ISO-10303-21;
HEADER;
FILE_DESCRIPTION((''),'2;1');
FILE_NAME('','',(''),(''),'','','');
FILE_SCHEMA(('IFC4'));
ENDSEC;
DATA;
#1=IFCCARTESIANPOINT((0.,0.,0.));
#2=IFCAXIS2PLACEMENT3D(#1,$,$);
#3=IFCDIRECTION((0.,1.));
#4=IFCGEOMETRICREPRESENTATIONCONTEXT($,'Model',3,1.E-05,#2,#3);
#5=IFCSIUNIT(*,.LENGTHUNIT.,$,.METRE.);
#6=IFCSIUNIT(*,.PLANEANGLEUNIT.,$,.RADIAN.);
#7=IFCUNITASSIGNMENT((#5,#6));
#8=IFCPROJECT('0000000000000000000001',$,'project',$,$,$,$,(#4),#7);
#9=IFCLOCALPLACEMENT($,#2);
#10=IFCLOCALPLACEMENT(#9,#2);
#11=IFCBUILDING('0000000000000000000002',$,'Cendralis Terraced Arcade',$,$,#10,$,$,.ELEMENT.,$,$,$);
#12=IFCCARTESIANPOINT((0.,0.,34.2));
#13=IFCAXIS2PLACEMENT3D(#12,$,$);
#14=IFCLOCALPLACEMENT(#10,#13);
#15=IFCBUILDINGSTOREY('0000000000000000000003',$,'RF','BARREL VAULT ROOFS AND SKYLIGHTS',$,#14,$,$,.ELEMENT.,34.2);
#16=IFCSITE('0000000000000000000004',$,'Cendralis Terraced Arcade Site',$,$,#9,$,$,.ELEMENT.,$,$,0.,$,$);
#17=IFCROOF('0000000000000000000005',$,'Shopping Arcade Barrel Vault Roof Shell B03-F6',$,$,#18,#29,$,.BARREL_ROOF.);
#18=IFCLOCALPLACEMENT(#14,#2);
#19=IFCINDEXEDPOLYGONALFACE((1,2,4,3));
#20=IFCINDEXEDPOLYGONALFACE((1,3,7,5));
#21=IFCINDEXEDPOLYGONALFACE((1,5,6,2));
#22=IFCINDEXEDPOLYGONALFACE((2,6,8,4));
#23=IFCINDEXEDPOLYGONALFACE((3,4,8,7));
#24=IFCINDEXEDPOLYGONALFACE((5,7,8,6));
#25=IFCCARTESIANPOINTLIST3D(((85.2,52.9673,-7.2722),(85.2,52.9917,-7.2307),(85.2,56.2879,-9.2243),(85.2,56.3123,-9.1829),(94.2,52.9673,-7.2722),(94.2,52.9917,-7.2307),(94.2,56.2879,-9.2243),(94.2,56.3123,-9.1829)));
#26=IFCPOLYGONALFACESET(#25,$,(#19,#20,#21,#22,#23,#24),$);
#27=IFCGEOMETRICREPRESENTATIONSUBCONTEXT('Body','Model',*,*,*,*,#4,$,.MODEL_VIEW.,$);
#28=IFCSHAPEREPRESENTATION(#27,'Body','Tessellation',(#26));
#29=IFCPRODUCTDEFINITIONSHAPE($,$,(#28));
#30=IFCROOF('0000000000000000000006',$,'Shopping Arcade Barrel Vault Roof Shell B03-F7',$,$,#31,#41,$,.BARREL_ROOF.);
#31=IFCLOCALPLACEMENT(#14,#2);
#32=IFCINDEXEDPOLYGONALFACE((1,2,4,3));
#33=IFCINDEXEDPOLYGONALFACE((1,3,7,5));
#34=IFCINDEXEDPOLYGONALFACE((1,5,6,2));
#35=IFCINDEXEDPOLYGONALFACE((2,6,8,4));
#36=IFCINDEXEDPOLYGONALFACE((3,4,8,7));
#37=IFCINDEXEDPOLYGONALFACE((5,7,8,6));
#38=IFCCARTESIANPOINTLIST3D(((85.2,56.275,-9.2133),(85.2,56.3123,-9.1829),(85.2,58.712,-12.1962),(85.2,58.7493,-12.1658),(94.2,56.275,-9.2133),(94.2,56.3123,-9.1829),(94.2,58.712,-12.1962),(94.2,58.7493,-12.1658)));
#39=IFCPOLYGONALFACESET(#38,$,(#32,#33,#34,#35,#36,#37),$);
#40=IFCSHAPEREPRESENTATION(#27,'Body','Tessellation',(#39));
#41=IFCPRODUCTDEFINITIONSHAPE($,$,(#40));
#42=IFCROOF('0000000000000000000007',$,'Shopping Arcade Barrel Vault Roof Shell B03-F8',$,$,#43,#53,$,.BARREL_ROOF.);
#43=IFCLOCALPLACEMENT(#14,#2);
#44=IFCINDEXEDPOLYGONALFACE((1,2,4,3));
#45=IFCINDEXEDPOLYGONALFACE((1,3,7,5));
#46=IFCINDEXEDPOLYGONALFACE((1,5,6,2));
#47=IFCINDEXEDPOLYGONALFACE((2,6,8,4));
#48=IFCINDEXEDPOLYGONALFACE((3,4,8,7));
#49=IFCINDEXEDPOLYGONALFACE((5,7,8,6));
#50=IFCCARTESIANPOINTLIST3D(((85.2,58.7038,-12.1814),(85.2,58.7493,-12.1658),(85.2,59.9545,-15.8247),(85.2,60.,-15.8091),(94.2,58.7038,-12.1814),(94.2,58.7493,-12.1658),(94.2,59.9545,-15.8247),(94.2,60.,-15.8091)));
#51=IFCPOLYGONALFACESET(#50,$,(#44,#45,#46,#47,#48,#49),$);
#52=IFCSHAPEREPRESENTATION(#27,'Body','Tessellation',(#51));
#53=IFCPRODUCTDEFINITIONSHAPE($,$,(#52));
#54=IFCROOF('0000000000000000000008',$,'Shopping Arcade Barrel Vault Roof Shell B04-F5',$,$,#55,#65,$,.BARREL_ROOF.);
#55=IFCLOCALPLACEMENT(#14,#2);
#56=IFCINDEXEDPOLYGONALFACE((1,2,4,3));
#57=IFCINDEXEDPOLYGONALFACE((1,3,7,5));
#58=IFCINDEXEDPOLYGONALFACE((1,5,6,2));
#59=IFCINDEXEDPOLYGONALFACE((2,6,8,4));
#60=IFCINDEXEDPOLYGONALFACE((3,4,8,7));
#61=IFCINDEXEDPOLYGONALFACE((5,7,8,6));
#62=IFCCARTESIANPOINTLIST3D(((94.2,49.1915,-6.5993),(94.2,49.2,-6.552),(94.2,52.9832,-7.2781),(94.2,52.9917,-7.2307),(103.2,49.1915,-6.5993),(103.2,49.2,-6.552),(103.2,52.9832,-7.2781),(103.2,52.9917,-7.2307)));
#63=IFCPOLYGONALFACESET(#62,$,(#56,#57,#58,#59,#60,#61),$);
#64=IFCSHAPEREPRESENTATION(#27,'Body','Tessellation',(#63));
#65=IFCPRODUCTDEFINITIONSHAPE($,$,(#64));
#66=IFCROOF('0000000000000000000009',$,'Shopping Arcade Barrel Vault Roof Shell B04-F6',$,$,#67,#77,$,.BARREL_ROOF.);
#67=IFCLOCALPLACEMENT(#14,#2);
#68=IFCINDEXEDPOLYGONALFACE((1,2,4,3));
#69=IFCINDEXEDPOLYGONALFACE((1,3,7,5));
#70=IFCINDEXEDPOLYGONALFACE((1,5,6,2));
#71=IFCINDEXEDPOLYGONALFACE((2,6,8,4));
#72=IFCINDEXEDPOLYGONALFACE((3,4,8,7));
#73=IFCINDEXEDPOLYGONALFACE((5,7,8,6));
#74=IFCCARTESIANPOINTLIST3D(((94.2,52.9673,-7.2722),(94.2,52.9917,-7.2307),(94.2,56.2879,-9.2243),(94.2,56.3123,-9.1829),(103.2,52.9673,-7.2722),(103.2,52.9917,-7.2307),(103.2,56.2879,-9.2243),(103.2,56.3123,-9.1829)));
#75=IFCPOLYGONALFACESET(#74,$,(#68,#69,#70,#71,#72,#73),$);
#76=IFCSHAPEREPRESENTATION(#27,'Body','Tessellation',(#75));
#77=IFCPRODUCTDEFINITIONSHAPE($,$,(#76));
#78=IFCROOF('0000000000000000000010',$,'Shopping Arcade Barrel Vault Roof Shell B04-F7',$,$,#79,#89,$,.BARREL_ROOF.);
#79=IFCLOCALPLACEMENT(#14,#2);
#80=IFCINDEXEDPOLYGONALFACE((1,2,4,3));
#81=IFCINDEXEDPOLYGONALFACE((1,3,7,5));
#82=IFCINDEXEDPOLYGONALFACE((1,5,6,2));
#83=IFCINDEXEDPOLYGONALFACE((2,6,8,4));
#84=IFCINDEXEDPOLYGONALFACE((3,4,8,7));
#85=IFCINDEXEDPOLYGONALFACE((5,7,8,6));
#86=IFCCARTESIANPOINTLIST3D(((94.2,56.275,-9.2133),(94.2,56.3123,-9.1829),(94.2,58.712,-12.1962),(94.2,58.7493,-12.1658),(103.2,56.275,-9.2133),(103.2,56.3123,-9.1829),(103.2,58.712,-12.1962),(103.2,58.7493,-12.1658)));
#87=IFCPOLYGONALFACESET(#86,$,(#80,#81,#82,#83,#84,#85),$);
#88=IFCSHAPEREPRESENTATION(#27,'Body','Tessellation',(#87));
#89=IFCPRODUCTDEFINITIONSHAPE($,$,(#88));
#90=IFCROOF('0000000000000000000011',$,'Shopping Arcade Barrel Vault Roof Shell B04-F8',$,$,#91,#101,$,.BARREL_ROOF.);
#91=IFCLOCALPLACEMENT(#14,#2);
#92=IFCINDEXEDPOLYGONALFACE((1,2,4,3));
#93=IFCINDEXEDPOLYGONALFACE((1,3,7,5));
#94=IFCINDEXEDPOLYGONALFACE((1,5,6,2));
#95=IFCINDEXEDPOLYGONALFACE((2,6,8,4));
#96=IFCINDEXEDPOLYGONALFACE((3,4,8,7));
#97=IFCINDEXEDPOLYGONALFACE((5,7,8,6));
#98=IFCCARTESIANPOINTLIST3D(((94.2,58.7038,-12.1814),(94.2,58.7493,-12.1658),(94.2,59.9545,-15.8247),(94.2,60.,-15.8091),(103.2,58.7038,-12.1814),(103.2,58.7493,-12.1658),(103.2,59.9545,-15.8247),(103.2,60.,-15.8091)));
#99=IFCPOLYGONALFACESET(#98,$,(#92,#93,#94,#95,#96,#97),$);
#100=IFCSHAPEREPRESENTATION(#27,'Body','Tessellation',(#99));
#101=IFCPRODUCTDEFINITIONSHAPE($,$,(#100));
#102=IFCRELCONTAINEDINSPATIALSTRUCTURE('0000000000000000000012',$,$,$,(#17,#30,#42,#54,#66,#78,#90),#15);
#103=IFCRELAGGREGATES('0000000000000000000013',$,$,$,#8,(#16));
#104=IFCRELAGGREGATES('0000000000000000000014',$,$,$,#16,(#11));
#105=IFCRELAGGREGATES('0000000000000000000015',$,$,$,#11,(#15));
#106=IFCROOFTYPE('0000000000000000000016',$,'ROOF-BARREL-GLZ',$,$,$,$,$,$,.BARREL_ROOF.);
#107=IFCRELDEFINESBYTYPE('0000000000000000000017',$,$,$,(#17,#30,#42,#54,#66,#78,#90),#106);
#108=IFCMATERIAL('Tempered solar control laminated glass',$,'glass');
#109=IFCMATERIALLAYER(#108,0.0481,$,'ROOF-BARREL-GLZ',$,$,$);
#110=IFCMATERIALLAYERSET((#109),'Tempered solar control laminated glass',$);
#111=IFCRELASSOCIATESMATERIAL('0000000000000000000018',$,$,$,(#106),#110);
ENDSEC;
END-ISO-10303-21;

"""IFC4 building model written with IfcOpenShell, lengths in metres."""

from ifc_helpers import new_model, si_unit, direction, frame, origin, place, context, subcontext, project, spatial, polyline, outline, extrude, material, layer, layer_set, type_object, element, save


model = new_model("IFC4")

# Units and contexts
model_context = context("Model", 3, precision=1e-05, world=origin(), true_north=direction((0.0, 1.0)))
body_context = subcontext(model_context, "Body", "Model", "MODEL_VIEW")
ifc_project = project(units=[si_unit("LENGTHUNIT", "METRE"), si_unit("PLANEANGLEUNIT", "RADIAN")], contexts=[model_context])

# Site, building, storey
site_placement = place(None, origin())
site = spatial("IfcSite", under=ifc_project, at=site_placement, Name="Cendralis Terraced Arcade Site", CompositionType="ELEMENT", RefElevation=0.0)
building_placement = place(site_placement, origin())
building = spatial("IfcBuilding", under=site, at=building_placement, Name="Cendralis Terraced Arcade", CompositionType="ELEMENT")
storey_placement = place(building_placement, frame((0.0, 0.0, 34.2)))
storey = spatial("IfcBuildingStorey", under=building, at=storey_placement, Name="RF", Description="BARREL VAULT ROOFS AND SKYLIGHTS", CompositionType="ELEMENT", Elevation=34.2)

# Roofs
ifc_material_1 = material(Name="Tempered solar control laminated glass", Category="glass")
ifc_layer = layer(ifc_material_1, 0.0481, Name="ROOF-BARREL-GLZ")
ifc_layer_set = layer_set([ifc_layer], Name="Tempered solar control laminated glass")
roof_type = type_object("IfcRoofType", Name="ROOF-BARREL-GLZ", PredefinedType="BARREL_ROOF", material=ifc_layer_set)
roof_1_placement = place(storey_placement, frame((85.2, 52.9917, -7.2307), z_axis=(0.0, 0.506804, 0.862061), x_axis=(1.0, 0.0, 0.0)))
element("IfcRoof", 1, at=roof_1_placement, inside=storey, type_object=roof_type, Name="Shopping Arcade Barrel Vault Roof Shell B03-F6", PredefinedType="BARREL_ROOF", context=body_context, shape_type="SweptSolid", body=[
    extrude(outline(polyline([(0.0, 0.0), (9.0, 0.0), (9.0, 3.8519), (0.0, 3.8519), (0.0, 0.0)])), origin(), (0.0, 0.0, -1.0), 0.0481),
])
roof_2_placement = place(storey_placement, frame((85.2, 56.3123, -9.1829), z_axis=(0.0, 0.774409, 0.632685), x_axis=(1.0, 0.0, 0.0)))
element("IfcRoof", 2, at=roof_2_placement, inside=storey, type_object=roof_type, Name="Shopping Arcade Barrel Vault Roof Shell B03-F7", PredefinedType="BARREL_ROOF", context=body_context, shape_type="SweptSolid", body=[
    extrude(outline(polyline([(0.0, 0.0), (9.0, 0.0), (9.0, 3.8519), (0.0, 3.8519), (0.0, 0.0)])), origin(), (0.0, 0.0, -1.0), 0.0481),
])
roof_3_placement = place(storey_placement, frame((85.2, 58.7493, -12.1658), z_axis=(0.0, 0.945819, 0.324695), x_axis=(1.0, 0.0, 0.0)))
element("IfcRoof", 3, at=roof_3_placement, inside=storey, type_object=roof_type, Name="Shopping Arcade Barrel Vault Roof Shell B03-F8", PredefinedType="BARREL_ROOF", context=body_context, shape_type="SweptSolid", body=[
    extrude(outline(polyline([(0.0, 0.0), (9.0, 0.0), (9.0, 3.852), (0.0, 3.852), (0.0, 0.0)])), origin(), (0.0, 0.0, -1.0), 0.0481),
])
roof_4_placement = place(storey_placement, frame((94.2, 49.2, -6.552), z_axis=(0.0, 0.176196, 0.984355), x_axis=(1.0, 0.0, 0.0)))
element("IfcRoof", 4, at=roof_4_placement, inside=storey, type_object=roof_type, Name="Shopping Arcade Barrel Vault Roof Shell B04-F5", PredefinedType="BARREL_ROOF", context=body_context, shape_type="SweptSolid", body=[
    extrude(outline(polyline([(0.0, 0.0), (9.0, 0.0), (9.0, 3.852), (0.0, 3.852), (0.0, 0.0)])), origin(), (0.0, 0.0, -1.0), 0.0481),
])
roof_5_placement = place(storey_placement, frame((94.2, 52.9917, -7.2307), z_axis=(0.0, 0.506804, 0.862061), x_axis=(1.0, 0.0, 0.0)))
element("IfcRoof", 5, at=roof_5_placement, inside=storey, type_object=roof_type, Name="Shopping Arcade Barrel Vault Roof Shell B04-F6", PredefinedType="BARREL_ROOF", context=body_context, shape_type="SweptSolid", body=[
    extrude(outline(polyline([(0.0, 0.0), (9.0, 0.0), (9.0, 3.8519), (0.0, 3.8519), (0.0, 0.0)])), origin(), (0.0, 0.0, -1.0), 0.0481),
])
roof_6_placement = place(storey_placement, frame((94.2, 56.3123, -9.1829), z_axis=(0.0, 0.774409, 0.632685), x_axis=(1.0, 0.0, 0.0)))
element("IfcRoof", 6, at=roof_6_placement, inside=storey, type_object=roof_type, Name="Shopping Arcade Barrel Vault Roof Shell B04-F7", PredefinedType="BARREL_ROOF", context=body_context, shape_type="SweptSolid", body=[
    extrude(outline(polyline([(0.0, 0.0), (9.0, 0.0), (9.0, 3.8519), (0.0, 3.8519), (0.0, 0.0)])), origin(), (0.0, 0.0, -1.0), 0.0481),
])
roof_7_placement = place(storey_placement, frame((94.2, 58.7493, -12.1658), z_axis=(0.0, 0.945819, 0.324695), x_axis=(1.0, 0.0, 0.0)))
element("IfcRoof", 7, at=roof_7_placement, inside=storey, type_object=roof_type, Name="Shopping Arcade Barrel Vault Roof Shell B04-F8", PredefinedType="BARREL_ROOF", context=body_context, shape_type="SweptSolid", body=[
    extrude(outline(polyline([(0.0, 0.0), (9.0, 0.0), (9.0, 3.852), (0.0, 3.852), (0.0, 0.0)])), origin(), (0.0, 0.0, -1.0), 0.0481),
])

save(model, "model.ifc")
